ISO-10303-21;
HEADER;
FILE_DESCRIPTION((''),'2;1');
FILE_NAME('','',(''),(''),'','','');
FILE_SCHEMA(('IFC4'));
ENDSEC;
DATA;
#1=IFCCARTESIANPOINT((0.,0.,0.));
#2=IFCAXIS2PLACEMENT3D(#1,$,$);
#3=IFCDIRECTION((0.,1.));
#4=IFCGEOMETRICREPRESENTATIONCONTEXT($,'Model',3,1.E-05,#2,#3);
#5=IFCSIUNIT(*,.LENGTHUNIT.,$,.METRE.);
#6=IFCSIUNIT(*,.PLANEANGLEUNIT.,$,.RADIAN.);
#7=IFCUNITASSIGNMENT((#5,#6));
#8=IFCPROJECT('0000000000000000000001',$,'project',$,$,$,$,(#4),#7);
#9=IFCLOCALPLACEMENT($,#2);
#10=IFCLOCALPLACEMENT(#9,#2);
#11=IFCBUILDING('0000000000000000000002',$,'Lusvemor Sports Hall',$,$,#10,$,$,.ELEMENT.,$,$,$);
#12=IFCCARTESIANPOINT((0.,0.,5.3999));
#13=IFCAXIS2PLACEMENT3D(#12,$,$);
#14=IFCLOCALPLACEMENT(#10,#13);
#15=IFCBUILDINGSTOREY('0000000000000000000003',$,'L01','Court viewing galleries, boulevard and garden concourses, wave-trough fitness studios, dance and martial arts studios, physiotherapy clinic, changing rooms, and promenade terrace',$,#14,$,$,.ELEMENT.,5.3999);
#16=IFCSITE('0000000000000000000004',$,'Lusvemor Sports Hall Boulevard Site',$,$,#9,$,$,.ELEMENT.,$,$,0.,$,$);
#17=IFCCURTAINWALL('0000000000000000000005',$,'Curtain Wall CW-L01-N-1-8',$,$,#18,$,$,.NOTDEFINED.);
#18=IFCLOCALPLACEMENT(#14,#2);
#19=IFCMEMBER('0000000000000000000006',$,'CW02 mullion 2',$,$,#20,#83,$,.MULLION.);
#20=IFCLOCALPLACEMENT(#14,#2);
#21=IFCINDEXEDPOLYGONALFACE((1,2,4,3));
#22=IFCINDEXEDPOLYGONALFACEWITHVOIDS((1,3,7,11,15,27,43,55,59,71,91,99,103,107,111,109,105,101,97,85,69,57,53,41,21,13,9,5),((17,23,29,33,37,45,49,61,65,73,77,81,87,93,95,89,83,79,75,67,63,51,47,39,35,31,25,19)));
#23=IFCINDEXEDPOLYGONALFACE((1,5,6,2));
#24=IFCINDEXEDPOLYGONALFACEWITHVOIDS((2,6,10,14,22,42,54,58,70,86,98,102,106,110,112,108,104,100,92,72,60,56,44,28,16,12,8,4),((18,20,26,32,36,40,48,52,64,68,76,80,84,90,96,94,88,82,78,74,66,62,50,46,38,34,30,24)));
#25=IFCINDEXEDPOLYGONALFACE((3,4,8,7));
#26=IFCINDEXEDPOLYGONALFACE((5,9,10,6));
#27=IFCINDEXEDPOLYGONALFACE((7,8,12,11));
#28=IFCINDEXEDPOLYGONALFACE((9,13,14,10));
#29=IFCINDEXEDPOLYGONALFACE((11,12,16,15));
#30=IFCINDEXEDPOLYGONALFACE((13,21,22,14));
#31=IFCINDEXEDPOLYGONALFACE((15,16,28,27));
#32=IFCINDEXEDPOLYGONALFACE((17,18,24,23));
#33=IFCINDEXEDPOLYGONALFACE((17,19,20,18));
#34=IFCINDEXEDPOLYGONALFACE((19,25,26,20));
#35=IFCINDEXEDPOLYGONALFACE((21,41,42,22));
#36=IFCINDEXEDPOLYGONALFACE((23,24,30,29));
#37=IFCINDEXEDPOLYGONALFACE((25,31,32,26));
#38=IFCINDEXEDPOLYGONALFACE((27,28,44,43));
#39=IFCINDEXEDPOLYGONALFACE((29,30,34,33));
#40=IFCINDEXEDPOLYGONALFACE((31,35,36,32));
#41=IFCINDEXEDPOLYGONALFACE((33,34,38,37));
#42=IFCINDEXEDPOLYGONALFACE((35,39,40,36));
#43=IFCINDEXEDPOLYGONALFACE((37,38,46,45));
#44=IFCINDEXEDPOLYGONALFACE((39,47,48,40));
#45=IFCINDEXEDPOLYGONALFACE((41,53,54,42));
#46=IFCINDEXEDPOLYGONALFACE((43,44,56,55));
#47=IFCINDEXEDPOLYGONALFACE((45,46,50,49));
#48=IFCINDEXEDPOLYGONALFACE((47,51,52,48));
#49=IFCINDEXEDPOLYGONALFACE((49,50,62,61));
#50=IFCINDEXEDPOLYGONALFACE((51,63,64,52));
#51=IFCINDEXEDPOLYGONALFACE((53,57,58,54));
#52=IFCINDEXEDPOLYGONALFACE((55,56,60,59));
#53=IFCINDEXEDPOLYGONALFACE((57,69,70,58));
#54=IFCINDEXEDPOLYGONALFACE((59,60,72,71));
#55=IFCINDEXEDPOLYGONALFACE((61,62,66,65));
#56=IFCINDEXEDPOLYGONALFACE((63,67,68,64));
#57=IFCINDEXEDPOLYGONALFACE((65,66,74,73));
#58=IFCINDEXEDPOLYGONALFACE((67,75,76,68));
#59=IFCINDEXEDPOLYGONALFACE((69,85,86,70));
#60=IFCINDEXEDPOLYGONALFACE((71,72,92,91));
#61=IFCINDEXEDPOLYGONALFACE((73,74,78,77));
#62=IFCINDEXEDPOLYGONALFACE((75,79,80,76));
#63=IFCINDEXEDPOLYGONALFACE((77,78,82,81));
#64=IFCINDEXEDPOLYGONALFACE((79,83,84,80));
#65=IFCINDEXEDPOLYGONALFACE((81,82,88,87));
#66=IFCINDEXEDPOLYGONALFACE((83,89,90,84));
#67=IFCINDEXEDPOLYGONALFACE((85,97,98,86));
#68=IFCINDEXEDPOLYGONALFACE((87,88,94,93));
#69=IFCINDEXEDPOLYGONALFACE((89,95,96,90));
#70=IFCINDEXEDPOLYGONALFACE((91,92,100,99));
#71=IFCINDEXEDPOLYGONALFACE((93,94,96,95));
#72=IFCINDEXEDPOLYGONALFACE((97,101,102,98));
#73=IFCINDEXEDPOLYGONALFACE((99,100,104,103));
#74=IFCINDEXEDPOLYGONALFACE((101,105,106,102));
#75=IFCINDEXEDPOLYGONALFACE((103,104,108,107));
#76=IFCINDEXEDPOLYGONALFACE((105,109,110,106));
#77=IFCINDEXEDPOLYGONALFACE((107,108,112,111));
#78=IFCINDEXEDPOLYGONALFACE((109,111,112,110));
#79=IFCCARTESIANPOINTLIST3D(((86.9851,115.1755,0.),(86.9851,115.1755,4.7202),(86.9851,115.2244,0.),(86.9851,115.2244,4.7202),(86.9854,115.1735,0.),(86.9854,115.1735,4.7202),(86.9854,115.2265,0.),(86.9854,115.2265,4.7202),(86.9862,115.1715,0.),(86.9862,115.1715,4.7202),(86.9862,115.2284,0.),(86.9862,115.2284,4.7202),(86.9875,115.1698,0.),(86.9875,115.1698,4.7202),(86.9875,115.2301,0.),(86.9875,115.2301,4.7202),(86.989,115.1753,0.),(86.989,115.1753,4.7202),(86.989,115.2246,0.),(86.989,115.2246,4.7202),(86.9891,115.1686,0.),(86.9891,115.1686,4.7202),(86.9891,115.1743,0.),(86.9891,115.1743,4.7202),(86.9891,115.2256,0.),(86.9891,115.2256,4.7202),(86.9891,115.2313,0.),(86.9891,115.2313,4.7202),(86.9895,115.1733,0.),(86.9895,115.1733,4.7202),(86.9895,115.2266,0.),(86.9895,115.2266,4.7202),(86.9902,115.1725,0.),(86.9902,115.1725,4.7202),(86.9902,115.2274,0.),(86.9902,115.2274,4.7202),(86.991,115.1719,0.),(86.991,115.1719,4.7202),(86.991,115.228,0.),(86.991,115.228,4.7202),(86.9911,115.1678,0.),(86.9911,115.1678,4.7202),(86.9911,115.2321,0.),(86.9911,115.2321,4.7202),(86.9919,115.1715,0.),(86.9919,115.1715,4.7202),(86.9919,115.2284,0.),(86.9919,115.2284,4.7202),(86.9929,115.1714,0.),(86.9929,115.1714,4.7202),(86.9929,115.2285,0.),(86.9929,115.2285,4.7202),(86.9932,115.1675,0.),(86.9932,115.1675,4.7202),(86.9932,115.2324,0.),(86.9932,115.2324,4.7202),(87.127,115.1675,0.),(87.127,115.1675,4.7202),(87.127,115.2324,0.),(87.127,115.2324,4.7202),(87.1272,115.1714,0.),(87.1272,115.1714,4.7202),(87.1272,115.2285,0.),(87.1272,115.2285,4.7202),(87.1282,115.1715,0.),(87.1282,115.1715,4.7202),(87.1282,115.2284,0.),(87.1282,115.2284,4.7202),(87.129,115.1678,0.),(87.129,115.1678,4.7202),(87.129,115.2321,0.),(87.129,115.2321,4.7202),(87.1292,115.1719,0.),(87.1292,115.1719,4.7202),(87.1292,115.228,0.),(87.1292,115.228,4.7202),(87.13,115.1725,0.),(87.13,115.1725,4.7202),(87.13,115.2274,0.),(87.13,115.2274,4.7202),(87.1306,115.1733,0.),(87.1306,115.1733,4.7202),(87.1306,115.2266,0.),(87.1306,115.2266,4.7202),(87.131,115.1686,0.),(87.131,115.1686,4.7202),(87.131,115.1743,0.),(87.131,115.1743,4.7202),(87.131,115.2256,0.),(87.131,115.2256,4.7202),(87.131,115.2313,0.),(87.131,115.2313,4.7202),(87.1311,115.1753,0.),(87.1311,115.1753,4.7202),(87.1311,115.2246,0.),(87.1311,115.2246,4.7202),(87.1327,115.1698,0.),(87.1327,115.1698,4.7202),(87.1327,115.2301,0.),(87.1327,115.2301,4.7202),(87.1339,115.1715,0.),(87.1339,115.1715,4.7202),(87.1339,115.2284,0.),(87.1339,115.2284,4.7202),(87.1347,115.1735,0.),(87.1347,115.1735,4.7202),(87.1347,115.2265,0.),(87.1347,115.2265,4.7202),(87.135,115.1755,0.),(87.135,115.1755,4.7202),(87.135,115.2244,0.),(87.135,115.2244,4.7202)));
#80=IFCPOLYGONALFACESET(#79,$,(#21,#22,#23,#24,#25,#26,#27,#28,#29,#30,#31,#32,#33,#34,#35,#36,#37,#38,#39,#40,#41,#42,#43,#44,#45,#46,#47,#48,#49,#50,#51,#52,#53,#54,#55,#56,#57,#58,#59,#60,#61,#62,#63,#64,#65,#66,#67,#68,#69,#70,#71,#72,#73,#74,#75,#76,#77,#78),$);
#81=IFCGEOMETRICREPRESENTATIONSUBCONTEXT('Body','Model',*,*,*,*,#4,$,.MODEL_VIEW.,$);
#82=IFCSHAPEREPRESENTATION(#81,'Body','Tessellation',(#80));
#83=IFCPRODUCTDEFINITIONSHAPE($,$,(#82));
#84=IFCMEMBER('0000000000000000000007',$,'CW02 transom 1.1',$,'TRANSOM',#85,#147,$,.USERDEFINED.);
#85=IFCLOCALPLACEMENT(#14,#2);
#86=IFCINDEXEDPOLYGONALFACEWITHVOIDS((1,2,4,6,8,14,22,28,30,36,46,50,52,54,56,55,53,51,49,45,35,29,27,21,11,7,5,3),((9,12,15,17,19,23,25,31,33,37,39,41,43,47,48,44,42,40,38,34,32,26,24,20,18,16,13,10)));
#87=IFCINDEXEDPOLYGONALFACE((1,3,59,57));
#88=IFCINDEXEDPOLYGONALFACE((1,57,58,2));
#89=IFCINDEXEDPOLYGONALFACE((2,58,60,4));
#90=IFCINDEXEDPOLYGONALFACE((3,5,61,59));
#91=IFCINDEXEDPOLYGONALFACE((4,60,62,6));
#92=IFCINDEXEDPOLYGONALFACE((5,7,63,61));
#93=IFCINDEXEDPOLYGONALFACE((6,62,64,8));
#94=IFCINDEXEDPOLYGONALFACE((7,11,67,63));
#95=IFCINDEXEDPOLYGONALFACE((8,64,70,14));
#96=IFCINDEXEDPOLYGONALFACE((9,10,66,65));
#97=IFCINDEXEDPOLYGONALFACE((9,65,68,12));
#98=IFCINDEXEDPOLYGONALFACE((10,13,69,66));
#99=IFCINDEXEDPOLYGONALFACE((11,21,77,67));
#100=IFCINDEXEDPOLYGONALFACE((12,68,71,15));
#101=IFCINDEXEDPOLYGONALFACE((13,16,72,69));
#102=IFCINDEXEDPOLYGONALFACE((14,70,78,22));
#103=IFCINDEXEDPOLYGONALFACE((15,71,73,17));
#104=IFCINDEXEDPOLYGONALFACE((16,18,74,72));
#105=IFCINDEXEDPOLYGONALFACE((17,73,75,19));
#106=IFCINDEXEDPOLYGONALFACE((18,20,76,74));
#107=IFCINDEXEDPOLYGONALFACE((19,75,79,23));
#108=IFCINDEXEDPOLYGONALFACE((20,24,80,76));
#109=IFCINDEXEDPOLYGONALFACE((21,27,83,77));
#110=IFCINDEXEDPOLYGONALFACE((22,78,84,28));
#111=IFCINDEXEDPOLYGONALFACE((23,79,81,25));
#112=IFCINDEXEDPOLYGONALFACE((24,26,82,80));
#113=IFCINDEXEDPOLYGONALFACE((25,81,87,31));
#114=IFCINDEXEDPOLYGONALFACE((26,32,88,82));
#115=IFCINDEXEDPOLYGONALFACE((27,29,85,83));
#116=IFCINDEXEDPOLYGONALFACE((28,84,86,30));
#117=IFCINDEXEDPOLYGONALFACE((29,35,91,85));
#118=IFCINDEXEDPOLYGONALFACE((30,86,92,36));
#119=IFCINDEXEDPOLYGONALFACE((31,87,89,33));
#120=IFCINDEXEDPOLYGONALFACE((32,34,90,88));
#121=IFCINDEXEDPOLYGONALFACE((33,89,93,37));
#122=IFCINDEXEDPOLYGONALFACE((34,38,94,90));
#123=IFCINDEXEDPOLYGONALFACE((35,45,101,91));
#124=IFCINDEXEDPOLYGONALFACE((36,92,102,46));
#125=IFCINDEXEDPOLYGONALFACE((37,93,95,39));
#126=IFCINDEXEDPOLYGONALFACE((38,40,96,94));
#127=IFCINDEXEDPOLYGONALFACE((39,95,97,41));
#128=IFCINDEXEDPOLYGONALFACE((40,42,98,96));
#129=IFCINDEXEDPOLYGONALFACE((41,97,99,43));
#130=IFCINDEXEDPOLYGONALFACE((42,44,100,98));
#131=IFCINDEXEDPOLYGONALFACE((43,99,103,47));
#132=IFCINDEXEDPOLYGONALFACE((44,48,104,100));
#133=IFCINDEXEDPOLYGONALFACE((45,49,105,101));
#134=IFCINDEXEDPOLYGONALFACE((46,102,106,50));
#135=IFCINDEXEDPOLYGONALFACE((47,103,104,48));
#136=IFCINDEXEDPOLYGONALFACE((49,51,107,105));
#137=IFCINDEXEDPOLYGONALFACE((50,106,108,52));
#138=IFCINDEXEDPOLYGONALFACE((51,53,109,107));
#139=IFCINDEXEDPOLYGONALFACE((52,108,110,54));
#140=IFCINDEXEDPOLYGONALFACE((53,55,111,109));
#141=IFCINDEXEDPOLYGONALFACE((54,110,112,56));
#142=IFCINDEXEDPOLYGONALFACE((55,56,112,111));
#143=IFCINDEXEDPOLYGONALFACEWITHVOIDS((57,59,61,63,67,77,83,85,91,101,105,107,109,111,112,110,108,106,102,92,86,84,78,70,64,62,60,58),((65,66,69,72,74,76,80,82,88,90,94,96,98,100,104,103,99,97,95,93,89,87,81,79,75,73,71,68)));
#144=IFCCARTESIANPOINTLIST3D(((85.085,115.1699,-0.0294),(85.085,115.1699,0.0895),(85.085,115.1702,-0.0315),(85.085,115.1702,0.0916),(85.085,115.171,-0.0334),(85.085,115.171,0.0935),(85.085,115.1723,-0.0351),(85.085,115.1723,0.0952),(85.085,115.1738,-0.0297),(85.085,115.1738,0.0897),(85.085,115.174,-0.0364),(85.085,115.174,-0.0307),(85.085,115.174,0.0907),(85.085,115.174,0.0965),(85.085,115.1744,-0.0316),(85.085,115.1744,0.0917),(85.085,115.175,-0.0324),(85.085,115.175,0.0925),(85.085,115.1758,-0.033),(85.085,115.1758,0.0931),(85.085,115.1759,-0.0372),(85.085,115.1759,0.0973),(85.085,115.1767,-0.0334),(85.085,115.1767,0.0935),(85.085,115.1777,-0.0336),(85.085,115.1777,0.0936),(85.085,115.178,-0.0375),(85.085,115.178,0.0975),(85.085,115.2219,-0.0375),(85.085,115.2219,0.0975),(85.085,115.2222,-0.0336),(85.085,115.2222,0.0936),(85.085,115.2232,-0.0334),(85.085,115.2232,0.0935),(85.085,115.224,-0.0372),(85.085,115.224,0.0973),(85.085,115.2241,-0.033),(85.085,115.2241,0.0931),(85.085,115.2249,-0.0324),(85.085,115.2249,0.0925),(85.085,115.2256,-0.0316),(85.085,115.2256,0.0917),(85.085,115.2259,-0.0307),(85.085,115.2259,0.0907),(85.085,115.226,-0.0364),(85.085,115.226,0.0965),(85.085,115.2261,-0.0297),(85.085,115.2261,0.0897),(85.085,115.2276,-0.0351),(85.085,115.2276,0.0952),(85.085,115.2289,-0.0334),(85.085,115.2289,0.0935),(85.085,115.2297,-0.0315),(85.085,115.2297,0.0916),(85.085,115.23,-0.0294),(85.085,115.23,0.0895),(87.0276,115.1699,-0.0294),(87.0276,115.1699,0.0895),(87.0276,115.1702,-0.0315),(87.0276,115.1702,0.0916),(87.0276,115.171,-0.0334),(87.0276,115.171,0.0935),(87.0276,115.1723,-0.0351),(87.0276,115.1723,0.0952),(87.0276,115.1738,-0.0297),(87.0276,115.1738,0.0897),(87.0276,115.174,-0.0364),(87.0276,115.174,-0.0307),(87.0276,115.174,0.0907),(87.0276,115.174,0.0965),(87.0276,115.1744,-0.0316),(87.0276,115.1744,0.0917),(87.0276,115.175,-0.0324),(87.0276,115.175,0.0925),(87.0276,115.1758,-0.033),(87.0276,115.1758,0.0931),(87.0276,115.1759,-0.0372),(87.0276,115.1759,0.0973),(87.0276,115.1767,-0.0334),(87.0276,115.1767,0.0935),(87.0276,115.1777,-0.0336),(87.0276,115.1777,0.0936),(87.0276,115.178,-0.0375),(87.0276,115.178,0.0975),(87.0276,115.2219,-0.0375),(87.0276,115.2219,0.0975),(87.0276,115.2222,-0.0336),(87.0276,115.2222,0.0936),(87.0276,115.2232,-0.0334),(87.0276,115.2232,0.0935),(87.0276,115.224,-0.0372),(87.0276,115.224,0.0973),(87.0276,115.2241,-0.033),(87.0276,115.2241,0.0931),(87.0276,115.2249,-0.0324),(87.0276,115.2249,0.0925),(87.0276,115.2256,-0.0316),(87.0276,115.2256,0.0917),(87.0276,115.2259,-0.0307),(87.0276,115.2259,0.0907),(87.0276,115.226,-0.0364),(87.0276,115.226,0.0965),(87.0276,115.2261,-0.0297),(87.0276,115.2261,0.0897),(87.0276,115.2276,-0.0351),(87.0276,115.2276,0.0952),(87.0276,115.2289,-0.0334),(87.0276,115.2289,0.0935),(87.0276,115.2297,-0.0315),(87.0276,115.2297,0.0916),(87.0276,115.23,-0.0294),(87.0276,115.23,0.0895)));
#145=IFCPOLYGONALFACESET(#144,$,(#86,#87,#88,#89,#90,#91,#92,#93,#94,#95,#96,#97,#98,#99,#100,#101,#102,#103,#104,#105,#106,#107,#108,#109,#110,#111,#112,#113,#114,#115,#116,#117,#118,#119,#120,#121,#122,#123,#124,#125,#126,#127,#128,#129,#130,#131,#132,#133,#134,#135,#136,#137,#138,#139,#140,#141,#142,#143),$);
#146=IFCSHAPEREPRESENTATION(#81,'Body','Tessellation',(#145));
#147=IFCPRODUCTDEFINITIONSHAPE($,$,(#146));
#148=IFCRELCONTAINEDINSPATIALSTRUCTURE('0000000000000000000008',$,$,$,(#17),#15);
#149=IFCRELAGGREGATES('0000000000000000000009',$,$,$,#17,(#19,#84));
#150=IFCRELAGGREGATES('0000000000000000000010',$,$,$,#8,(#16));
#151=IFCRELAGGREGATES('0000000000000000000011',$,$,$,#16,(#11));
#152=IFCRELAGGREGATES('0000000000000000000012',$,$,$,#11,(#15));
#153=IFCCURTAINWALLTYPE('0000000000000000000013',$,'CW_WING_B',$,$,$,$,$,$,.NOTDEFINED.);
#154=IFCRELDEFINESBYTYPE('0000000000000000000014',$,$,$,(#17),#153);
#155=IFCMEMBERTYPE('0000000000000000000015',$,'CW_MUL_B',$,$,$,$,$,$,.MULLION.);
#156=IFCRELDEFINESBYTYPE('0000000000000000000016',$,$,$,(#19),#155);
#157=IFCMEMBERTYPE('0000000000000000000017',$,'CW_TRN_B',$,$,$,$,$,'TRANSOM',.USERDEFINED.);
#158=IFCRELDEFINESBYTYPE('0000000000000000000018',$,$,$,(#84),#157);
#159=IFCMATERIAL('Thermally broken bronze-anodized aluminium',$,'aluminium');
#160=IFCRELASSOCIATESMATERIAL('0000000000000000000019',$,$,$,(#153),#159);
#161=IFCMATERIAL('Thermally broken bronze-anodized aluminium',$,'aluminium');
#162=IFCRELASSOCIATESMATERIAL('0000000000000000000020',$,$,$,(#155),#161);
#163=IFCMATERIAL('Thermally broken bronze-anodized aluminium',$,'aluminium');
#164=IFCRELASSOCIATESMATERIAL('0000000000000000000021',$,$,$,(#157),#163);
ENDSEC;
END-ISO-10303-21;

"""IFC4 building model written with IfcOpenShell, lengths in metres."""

from ifc_helpers import new_model, si_unit, direction, frame, origin, origin_2d, place, context, subcontext, project, spatial, hollow_rectangle, extrude, material, material_profile, profile_set, type_object, element, aggregate, save


model = new_model("IFC4")

# Units and contexts
model_context = context("Model", 3, precision=1e-05, world=origin(), true_north=direction((0.0, 1.0)))
body_context = subcontext(model_context, "Body", "Model", "MODEL_VIEW")
ifc_project = project(units=[si_unit("LENGTHUNIT", "METRE"), si_unit("PLANEANGLEUNIT", "RADIAN")], contexts=[model_context])

# Site, building, storey
site_placement = place(None, origin())
site = spatial("IfcSite", under=ifc_project, at=site_placement, Name="Lusvemor Sports Hall Boulevard Site", CompositionType="ELEMENT", RefElevation=0.0)
building_placement = place(site_placement, origin())
building = spatial("IfcBuilding", under=site, at=building_placement, Name="Lusvemor Sports Hall", CompositionType="ELEMENT")
storey_placement = place(building_placement, frame((0.0, 0.0, 5.3999)))
storey = spatial("IfcBuildingStorey", under=building, at=storey_placement, Name="L01", Description="Court viewing galleries, boulevard and garden concourses, wave-trough fitness studios, dance and martial arts studios, physiotherapy clinic, changing rooms, and promenade terrace", CompositionType="ELEMENT", Elevation=5.3999)

# Curtain wall, members
ifc_material_1 = material(Name="Thermally broken bronze-anodized aluminium", Category="aluminium")
curtain_wall_type = type_object("IfcCurtainWallType", Name="CW_WING_B", PredefinedType="NOTDEFINED", material=ifc_material_1)
curtain_wall_placement = place(storey_placement, origin())
curtain_wall = element("IfcCurtainWall", 1, at=curtain_wall_placement, inside=storey, type_object=curtain_wall_type, Name="Curtain Wall CW-L01-N-1-8", PredefinedType="NOTDEFINED")
ifc_material_2 = material(Name="Thermally broken bronze-anodized aluminium", Category="aluminium")
ifc_material_profile_1 = material_profile(ifc_material_2, hollow_rectangle(XDim=0.0649, YDim=0.1499, WallThickness=0.0039, InnerFilletRadius=0.0039, OuterFilletRadius=0.0081, at=origin_2d()), Name="CWMUL150x65x4")
ifc_profile_set_1 = profile_set([ifc_material_profile_1], Name="Thermally broken bronze-anodized aluminium")
member_type_1 = type_object("IfcMemberType", Name="CW_MUL_B", PredefinedType="MULLION", material=ifc_profile_set_1)
member_1_placement = place(storey_placement, frame((87.0601, 115.2, 0.0), z_axis=(0.0, 0.0, 1.0), x_axis=(0.0, 1.0, 0.0)))
member_1 = element("IfcMember", 2, at=member_1_placement, type_object=member_type_1, Name="CW02 mullion 2", PredefinedType="MULLION", context=body_context, shape_type="SweptSolid", body=[
    extrude(hollow_rectangle(XDim=0.0649, YDim=0.1499, WallThickness=0.0039, InnerFilletRadius=0.0039, OuterFilletRadius=0.0081, at=origin_2d()), origin(), (0.0, 0.0, 1.0), 4.7202),
])
ifc_material_3 = material(Name="Thermally broken bronze-anodized aluminium", Category="aluminium")
ifc_material_profile_2 = material_profile(ifc_material_3, hollow_rectangle(XDim=0.0601, YDim=0.135, WallThickness=0.0039, InnerFilletRadius=0.0039, OuterFilletRadius=0.0081, at=origin_2d()), Name="CWTRN135x60x4")
ifc_profile_set_2 = profile_set([ifc_material_profile_2], Name="Thermally broken bronze-anodized aluminium")
member_type_2 = type_object("IfcMemberType", Name="CW_TRN_B", ElementType="TRANSOM", PredefinedType="USERDEFINED", material=ifc_profile_set_2)
member_2_placement = place(storey_placement, frame((85.085, 115.2, 0.03), z_axis=(1.0, 0.0, 0.0), x_axis=(0.0, 1.0, 0.0)))
member_2 = element("IfcMember", 3, at=member_2_placement, type_object=member_type_2, Name="CW02 transom 1.1", ObjectType="TRANSOM", PredefinedType="USERDEFINED", context=body_context, shape_type="SweptSolid", body=[
    extrude(hollow_rectangle(XDim=0.0601, YDim=0.135, WallThickness=0.0039, InnerFilletRadius=0.0039, OuterFilletRadius=0.0081, at=origin_2d()), origin(), (0.0, 0.0, 1.0), 1.9426),
])

aggregate(curtain_wall, [member_1, member_2])

save(model, "model.ifc")
